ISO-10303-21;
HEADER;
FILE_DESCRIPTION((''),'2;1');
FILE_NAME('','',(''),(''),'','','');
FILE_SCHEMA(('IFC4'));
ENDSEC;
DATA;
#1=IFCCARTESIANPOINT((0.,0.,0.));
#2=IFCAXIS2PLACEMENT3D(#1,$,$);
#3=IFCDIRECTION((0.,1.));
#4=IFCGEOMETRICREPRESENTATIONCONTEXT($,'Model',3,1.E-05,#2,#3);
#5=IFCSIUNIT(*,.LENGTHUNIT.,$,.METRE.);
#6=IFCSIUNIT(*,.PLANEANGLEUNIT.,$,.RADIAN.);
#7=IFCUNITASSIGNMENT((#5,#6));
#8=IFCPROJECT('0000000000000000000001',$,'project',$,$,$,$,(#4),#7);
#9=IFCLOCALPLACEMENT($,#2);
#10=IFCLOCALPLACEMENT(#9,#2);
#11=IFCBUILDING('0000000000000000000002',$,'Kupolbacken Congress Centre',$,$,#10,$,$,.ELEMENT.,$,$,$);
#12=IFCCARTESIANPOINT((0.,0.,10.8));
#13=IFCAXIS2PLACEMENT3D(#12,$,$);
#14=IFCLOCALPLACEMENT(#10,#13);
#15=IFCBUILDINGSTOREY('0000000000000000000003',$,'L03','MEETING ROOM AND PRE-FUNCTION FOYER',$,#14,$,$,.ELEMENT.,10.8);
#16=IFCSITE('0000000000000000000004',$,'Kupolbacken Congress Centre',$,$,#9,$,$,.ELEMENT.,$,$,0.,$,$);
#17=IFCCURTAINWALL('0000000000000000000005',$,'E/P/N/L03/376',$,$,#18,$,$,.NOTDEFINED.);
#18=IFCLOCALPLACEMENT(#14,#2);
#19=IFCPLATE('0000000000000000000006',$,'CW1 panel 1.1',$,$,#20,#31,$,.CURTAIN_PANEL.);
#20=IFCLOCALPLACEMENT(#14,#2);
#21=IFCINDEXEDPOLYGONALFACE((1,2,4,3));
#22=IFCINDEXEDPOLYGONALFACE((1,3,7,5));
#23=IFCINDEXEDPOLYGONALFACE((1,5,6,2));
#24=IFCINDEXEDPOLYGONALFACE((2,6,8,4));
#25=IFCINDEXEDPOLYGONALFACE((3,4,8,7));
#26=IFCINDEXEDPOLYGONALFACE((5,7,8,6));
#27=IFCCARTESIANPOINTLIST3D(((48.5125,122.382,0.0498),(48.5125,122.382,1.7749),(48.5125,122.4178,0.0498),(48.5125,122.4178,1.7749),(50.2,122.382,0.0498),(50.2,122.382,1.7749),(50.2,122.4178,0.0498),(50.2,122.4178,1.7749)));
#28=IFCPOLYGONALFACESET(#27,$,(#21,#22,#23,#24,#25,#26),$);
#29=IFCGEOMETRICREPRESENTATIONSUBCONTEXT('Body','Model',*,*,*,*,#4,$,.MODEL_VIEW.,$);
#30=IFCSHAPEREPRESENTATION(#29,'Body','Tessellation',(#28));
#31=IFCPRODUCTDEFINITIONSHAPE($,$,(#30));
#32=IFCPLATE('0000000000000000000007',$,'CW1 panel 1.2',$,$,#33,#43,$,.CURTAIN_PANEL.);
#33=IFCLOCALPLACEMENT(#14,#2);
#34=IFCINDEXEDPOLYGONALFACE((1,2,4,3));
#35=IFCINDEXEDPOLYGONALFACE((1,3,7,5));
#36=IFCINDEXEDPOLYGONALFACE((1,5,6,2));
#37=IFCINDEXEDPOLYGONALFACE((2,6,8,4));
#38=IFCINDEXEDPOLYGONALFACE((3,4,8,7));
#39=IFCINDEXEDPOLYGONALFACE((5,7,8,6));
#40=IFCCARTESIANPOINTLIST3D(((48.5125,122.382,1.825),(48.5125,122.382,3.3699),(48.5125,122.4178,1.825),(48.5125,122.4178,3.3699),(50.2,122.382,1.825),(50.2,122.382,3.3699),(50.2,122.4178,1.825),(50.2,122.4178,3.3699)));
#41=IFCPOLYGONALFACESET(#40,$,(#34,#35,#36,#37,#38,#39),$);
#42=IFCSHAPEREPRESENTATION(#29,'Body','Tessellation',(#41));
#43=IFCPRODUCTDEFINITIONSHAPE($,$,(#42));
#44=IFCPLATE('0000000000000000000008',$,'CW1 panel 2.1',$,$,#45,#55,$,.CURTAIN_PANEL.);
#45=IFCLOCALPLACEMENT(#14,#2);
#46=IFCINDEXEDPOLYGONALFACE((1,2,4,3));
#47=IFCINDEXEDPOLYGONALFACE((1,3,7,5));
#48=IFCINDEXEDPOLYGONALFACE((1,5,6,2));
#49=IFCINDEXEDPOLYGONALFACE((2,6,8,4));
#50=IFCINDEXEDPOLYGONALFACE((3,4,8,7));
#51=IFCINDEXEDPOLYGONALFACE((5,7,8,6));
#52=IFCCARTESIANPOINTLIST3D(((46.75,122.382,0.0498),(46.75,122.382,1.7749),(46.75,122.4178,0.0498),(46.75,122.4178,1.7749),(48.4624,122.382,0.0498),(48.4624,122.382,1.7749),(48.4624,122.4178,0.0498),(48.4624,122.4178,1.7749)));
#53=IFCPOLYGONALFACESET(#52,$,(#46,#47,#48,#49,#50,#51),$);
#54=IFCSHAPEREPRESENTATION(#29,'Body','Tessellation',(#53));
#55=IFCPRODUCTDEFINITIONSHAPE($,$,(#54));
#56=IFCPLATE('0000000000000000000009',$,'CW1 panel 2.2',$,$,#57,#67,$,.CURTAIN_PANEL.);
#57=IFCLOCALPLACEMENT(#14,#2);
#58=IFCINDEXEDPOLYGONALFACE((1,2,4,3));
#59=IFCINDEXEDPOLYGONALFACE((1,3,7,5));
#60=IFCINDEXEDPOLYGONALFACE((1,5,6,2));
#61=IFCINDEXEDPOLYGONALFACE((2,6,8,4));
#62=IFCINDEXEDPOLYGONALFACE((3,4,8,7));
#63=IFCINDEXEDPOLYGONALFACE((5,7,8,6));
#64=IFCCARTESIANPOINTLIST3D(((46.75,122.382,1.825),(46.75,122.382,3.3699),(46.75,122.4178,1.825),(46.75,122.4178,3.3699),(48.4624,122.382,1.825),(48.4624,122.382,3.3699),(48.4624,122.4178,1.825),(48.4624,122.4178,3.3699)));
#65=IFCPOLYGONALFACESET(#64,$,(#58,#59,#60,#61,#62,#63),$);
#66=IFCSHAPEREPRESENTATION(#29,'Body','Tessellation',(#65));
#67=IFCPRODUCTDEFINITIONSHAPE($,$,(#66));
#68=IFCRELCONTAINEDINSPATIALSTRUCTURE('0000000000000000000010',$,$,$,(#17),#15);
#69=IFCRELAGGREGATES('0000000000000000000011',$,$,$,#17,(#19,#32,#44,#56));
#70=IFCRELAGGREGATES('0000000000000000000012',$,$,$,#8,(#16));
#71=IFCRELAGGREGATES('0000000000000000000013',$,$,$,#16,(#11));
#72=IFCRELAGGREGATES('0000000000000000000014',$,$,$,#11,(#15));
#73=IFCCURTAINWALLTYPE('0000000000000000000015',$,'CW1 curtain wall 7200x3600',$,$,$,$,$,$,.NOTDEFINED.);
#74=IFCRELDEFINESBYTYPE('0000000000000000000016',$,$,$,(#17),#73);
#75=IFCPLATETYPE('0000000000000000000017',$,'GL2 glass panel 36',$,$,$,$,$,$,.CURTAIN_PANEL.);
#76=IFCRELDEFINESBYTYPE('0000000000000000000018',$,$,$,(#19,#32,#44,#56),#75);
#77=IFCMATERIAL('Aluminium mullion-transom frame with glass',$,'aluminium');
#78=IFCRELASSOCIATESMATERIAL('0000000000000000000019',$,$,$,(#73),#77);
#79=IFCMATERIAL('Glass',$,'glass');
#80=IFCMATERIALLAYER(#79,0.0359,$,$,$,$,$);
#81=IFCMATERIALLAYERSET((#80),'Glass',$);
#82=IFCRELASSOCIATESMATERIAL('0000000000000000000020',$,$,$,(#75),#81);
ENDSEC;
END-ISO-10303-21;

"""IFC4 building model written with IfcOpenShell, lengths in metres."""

from ifc_helpers import new_model, si_unit, direction, frame, origin, origin_2d, place, context, subcontext, project, spatial, rectangle, extrude, material, layer, layer_set, type_object, element, aggregate, save


model = new_model("IFC4")

# Units and contexts
model_context = context("Model", 3, precision=1e-05, world=origin(), true_north=direction((0.0, 1.0)))
body_context = subcontext(model_context, "Body", "Model", "MODEL_VIEW")
ifc_project = project(units=[si_unit("LENGTHUNIT", "METRE"), si_unit("PLANEANGLEUNIT", "RADIAN")], contexts=[model_context])

# Site, building, storey
site_placement = place(None, origin())
site = spatial("IfcSite", under=ifc_project, at=site_placement, Name="Kupolbacken Congress Centre", CompositionType="ELEMENT", RefElevation=0.0)
building_placement = place(site_placement, origin())
building = spatial("IfcBuilding", under=site, at=building_placement, Name="Kupolbacken Congress Centre", CompositionType="ELEMENT")
storey_placement = place(building_placement, frame((0.0, 0.0, 10.8)))
storey = spatial("IfcBuildingStorey", under=building, at=storey_placement, Name="L03", Description="MEETING ROOM AND PRE-FUNCTION FOYER", CompositionType="ELEMENT", Elevation=10.8)

# Shared definitions
ifc_material_1 = material(Name="Aluminium mullion-transom frame with glass", Category="aluminium")
curtain_wall_type = type_object("IfcCurtainWallType", Name="CW1 curtain wall 7200x3600", PredefinedType="NOTDEFINED", material=ifc_material_1)

# Curtain wall
curtain_wall_1_placement = place(storey_placement, origin())
curtain_wall_1 = element("IfcCurtainWall", 1, at=curtain_wall_1_placement, inside=storey, type_object=curtain_wall_type, Name="E/P/N/L03/376", PredefinedType="NOTDEFINED")

# Plates
ifc_material_2 = material(Name="Glass", Category="glass")
ifc_layer = layer(ifc_material_2, 0.0359)
ifc_layer_set = layer_set([ifc_layer], Name="Glass")
plate_type = type_object("IfcPlateType", Name="GL2 glass panel 36", PredefinedType="CURTAIN_PANEL", material=ifc_layer_set)
plate_1_placement = place(storey_placement, frame((49.3562, 122.3999, 0.0498), z_axis=(0.0, 0.0, 1.0), x_axis=(-1.0, 0.0, 0.0)))
plate_1 = element("IfcPlate", 2, at=plate_1_placement, type_object=plate_type, Name="CW1 panel 1.1", PredefinedType="CURTAIN_PANEL", context=body_context, shape_type="SweptSolid", body=[
    extrude(rectangle(XDim=1.6875, YDim=0.0359, at=origin_2d()), origin(), (0.0, 0.0, 1.0), 1.7251),
])
plate_2_placement = place(storey_placement, frame((49.3562, 122.3999, 1.825), z_axis=(0.0, 0.0, 1.0), x_axis=(-1.0, 0.0, 0.0)))
plate_2 = element("IfcPlate", 3, at=plate_2_placement, type_object=plate_type, Name="CW1 panel 1.2", PredefinedType="CURTAIN_PANEL", context=body_context, shape_type="SweptSolid", body=[
    extrude(rectangle(XDim=1.6875, YDim=0.0359, at=origin_2d()), origin(), (0.0, 0.0, 1.0), 1.5449),
])
plate_3_placement = place(storey_placement, frame((47.6062, 122.3999, 0.0498), z_axis=(0.0, 0.0, 1.0), x_axis=(-1.0, 0.0, 0.0)))
plate_3 = element("IfcPlate", 4, at=plate_3_placement, type_object=plate_type, Name="CW1 panel 2.1", PredefinedType="CURTAIN_PANEL", context=body_context, shape_type="SweptSolid", body=[
    extrude(rectangle(XDim=1.7124, YDim=0.0359, at=origin_2d()), origin(), (0.0, 0.0, 1.0), 1.7251),
])
plate_4_placement = place(storey_placement, frame((47.6062, 122.3999, 1.825), z_axis=(0.0, 0.0, 1.0), x_axis=(-1.0, 0.0, 0.0)))
plate_4 = element("IfcPlate", 5, at=plate_4_placement, type_object=plate_type, Name="CW1 panel 2.2", PredefinedType="CURTAIN_PANEL", context=body_context, shape_type="SweptSolid", body=[
    extrude(rectangle(XDim=1.7124, YDim=0.0359, at=origin_2d()), origin(), (0.0, 0.0, 1.0), 1.5449),
])
aggregate(curtain_wall_1, [plate_1, plate_2, plate_3, plate_4])

save(model, "model.ifc")
